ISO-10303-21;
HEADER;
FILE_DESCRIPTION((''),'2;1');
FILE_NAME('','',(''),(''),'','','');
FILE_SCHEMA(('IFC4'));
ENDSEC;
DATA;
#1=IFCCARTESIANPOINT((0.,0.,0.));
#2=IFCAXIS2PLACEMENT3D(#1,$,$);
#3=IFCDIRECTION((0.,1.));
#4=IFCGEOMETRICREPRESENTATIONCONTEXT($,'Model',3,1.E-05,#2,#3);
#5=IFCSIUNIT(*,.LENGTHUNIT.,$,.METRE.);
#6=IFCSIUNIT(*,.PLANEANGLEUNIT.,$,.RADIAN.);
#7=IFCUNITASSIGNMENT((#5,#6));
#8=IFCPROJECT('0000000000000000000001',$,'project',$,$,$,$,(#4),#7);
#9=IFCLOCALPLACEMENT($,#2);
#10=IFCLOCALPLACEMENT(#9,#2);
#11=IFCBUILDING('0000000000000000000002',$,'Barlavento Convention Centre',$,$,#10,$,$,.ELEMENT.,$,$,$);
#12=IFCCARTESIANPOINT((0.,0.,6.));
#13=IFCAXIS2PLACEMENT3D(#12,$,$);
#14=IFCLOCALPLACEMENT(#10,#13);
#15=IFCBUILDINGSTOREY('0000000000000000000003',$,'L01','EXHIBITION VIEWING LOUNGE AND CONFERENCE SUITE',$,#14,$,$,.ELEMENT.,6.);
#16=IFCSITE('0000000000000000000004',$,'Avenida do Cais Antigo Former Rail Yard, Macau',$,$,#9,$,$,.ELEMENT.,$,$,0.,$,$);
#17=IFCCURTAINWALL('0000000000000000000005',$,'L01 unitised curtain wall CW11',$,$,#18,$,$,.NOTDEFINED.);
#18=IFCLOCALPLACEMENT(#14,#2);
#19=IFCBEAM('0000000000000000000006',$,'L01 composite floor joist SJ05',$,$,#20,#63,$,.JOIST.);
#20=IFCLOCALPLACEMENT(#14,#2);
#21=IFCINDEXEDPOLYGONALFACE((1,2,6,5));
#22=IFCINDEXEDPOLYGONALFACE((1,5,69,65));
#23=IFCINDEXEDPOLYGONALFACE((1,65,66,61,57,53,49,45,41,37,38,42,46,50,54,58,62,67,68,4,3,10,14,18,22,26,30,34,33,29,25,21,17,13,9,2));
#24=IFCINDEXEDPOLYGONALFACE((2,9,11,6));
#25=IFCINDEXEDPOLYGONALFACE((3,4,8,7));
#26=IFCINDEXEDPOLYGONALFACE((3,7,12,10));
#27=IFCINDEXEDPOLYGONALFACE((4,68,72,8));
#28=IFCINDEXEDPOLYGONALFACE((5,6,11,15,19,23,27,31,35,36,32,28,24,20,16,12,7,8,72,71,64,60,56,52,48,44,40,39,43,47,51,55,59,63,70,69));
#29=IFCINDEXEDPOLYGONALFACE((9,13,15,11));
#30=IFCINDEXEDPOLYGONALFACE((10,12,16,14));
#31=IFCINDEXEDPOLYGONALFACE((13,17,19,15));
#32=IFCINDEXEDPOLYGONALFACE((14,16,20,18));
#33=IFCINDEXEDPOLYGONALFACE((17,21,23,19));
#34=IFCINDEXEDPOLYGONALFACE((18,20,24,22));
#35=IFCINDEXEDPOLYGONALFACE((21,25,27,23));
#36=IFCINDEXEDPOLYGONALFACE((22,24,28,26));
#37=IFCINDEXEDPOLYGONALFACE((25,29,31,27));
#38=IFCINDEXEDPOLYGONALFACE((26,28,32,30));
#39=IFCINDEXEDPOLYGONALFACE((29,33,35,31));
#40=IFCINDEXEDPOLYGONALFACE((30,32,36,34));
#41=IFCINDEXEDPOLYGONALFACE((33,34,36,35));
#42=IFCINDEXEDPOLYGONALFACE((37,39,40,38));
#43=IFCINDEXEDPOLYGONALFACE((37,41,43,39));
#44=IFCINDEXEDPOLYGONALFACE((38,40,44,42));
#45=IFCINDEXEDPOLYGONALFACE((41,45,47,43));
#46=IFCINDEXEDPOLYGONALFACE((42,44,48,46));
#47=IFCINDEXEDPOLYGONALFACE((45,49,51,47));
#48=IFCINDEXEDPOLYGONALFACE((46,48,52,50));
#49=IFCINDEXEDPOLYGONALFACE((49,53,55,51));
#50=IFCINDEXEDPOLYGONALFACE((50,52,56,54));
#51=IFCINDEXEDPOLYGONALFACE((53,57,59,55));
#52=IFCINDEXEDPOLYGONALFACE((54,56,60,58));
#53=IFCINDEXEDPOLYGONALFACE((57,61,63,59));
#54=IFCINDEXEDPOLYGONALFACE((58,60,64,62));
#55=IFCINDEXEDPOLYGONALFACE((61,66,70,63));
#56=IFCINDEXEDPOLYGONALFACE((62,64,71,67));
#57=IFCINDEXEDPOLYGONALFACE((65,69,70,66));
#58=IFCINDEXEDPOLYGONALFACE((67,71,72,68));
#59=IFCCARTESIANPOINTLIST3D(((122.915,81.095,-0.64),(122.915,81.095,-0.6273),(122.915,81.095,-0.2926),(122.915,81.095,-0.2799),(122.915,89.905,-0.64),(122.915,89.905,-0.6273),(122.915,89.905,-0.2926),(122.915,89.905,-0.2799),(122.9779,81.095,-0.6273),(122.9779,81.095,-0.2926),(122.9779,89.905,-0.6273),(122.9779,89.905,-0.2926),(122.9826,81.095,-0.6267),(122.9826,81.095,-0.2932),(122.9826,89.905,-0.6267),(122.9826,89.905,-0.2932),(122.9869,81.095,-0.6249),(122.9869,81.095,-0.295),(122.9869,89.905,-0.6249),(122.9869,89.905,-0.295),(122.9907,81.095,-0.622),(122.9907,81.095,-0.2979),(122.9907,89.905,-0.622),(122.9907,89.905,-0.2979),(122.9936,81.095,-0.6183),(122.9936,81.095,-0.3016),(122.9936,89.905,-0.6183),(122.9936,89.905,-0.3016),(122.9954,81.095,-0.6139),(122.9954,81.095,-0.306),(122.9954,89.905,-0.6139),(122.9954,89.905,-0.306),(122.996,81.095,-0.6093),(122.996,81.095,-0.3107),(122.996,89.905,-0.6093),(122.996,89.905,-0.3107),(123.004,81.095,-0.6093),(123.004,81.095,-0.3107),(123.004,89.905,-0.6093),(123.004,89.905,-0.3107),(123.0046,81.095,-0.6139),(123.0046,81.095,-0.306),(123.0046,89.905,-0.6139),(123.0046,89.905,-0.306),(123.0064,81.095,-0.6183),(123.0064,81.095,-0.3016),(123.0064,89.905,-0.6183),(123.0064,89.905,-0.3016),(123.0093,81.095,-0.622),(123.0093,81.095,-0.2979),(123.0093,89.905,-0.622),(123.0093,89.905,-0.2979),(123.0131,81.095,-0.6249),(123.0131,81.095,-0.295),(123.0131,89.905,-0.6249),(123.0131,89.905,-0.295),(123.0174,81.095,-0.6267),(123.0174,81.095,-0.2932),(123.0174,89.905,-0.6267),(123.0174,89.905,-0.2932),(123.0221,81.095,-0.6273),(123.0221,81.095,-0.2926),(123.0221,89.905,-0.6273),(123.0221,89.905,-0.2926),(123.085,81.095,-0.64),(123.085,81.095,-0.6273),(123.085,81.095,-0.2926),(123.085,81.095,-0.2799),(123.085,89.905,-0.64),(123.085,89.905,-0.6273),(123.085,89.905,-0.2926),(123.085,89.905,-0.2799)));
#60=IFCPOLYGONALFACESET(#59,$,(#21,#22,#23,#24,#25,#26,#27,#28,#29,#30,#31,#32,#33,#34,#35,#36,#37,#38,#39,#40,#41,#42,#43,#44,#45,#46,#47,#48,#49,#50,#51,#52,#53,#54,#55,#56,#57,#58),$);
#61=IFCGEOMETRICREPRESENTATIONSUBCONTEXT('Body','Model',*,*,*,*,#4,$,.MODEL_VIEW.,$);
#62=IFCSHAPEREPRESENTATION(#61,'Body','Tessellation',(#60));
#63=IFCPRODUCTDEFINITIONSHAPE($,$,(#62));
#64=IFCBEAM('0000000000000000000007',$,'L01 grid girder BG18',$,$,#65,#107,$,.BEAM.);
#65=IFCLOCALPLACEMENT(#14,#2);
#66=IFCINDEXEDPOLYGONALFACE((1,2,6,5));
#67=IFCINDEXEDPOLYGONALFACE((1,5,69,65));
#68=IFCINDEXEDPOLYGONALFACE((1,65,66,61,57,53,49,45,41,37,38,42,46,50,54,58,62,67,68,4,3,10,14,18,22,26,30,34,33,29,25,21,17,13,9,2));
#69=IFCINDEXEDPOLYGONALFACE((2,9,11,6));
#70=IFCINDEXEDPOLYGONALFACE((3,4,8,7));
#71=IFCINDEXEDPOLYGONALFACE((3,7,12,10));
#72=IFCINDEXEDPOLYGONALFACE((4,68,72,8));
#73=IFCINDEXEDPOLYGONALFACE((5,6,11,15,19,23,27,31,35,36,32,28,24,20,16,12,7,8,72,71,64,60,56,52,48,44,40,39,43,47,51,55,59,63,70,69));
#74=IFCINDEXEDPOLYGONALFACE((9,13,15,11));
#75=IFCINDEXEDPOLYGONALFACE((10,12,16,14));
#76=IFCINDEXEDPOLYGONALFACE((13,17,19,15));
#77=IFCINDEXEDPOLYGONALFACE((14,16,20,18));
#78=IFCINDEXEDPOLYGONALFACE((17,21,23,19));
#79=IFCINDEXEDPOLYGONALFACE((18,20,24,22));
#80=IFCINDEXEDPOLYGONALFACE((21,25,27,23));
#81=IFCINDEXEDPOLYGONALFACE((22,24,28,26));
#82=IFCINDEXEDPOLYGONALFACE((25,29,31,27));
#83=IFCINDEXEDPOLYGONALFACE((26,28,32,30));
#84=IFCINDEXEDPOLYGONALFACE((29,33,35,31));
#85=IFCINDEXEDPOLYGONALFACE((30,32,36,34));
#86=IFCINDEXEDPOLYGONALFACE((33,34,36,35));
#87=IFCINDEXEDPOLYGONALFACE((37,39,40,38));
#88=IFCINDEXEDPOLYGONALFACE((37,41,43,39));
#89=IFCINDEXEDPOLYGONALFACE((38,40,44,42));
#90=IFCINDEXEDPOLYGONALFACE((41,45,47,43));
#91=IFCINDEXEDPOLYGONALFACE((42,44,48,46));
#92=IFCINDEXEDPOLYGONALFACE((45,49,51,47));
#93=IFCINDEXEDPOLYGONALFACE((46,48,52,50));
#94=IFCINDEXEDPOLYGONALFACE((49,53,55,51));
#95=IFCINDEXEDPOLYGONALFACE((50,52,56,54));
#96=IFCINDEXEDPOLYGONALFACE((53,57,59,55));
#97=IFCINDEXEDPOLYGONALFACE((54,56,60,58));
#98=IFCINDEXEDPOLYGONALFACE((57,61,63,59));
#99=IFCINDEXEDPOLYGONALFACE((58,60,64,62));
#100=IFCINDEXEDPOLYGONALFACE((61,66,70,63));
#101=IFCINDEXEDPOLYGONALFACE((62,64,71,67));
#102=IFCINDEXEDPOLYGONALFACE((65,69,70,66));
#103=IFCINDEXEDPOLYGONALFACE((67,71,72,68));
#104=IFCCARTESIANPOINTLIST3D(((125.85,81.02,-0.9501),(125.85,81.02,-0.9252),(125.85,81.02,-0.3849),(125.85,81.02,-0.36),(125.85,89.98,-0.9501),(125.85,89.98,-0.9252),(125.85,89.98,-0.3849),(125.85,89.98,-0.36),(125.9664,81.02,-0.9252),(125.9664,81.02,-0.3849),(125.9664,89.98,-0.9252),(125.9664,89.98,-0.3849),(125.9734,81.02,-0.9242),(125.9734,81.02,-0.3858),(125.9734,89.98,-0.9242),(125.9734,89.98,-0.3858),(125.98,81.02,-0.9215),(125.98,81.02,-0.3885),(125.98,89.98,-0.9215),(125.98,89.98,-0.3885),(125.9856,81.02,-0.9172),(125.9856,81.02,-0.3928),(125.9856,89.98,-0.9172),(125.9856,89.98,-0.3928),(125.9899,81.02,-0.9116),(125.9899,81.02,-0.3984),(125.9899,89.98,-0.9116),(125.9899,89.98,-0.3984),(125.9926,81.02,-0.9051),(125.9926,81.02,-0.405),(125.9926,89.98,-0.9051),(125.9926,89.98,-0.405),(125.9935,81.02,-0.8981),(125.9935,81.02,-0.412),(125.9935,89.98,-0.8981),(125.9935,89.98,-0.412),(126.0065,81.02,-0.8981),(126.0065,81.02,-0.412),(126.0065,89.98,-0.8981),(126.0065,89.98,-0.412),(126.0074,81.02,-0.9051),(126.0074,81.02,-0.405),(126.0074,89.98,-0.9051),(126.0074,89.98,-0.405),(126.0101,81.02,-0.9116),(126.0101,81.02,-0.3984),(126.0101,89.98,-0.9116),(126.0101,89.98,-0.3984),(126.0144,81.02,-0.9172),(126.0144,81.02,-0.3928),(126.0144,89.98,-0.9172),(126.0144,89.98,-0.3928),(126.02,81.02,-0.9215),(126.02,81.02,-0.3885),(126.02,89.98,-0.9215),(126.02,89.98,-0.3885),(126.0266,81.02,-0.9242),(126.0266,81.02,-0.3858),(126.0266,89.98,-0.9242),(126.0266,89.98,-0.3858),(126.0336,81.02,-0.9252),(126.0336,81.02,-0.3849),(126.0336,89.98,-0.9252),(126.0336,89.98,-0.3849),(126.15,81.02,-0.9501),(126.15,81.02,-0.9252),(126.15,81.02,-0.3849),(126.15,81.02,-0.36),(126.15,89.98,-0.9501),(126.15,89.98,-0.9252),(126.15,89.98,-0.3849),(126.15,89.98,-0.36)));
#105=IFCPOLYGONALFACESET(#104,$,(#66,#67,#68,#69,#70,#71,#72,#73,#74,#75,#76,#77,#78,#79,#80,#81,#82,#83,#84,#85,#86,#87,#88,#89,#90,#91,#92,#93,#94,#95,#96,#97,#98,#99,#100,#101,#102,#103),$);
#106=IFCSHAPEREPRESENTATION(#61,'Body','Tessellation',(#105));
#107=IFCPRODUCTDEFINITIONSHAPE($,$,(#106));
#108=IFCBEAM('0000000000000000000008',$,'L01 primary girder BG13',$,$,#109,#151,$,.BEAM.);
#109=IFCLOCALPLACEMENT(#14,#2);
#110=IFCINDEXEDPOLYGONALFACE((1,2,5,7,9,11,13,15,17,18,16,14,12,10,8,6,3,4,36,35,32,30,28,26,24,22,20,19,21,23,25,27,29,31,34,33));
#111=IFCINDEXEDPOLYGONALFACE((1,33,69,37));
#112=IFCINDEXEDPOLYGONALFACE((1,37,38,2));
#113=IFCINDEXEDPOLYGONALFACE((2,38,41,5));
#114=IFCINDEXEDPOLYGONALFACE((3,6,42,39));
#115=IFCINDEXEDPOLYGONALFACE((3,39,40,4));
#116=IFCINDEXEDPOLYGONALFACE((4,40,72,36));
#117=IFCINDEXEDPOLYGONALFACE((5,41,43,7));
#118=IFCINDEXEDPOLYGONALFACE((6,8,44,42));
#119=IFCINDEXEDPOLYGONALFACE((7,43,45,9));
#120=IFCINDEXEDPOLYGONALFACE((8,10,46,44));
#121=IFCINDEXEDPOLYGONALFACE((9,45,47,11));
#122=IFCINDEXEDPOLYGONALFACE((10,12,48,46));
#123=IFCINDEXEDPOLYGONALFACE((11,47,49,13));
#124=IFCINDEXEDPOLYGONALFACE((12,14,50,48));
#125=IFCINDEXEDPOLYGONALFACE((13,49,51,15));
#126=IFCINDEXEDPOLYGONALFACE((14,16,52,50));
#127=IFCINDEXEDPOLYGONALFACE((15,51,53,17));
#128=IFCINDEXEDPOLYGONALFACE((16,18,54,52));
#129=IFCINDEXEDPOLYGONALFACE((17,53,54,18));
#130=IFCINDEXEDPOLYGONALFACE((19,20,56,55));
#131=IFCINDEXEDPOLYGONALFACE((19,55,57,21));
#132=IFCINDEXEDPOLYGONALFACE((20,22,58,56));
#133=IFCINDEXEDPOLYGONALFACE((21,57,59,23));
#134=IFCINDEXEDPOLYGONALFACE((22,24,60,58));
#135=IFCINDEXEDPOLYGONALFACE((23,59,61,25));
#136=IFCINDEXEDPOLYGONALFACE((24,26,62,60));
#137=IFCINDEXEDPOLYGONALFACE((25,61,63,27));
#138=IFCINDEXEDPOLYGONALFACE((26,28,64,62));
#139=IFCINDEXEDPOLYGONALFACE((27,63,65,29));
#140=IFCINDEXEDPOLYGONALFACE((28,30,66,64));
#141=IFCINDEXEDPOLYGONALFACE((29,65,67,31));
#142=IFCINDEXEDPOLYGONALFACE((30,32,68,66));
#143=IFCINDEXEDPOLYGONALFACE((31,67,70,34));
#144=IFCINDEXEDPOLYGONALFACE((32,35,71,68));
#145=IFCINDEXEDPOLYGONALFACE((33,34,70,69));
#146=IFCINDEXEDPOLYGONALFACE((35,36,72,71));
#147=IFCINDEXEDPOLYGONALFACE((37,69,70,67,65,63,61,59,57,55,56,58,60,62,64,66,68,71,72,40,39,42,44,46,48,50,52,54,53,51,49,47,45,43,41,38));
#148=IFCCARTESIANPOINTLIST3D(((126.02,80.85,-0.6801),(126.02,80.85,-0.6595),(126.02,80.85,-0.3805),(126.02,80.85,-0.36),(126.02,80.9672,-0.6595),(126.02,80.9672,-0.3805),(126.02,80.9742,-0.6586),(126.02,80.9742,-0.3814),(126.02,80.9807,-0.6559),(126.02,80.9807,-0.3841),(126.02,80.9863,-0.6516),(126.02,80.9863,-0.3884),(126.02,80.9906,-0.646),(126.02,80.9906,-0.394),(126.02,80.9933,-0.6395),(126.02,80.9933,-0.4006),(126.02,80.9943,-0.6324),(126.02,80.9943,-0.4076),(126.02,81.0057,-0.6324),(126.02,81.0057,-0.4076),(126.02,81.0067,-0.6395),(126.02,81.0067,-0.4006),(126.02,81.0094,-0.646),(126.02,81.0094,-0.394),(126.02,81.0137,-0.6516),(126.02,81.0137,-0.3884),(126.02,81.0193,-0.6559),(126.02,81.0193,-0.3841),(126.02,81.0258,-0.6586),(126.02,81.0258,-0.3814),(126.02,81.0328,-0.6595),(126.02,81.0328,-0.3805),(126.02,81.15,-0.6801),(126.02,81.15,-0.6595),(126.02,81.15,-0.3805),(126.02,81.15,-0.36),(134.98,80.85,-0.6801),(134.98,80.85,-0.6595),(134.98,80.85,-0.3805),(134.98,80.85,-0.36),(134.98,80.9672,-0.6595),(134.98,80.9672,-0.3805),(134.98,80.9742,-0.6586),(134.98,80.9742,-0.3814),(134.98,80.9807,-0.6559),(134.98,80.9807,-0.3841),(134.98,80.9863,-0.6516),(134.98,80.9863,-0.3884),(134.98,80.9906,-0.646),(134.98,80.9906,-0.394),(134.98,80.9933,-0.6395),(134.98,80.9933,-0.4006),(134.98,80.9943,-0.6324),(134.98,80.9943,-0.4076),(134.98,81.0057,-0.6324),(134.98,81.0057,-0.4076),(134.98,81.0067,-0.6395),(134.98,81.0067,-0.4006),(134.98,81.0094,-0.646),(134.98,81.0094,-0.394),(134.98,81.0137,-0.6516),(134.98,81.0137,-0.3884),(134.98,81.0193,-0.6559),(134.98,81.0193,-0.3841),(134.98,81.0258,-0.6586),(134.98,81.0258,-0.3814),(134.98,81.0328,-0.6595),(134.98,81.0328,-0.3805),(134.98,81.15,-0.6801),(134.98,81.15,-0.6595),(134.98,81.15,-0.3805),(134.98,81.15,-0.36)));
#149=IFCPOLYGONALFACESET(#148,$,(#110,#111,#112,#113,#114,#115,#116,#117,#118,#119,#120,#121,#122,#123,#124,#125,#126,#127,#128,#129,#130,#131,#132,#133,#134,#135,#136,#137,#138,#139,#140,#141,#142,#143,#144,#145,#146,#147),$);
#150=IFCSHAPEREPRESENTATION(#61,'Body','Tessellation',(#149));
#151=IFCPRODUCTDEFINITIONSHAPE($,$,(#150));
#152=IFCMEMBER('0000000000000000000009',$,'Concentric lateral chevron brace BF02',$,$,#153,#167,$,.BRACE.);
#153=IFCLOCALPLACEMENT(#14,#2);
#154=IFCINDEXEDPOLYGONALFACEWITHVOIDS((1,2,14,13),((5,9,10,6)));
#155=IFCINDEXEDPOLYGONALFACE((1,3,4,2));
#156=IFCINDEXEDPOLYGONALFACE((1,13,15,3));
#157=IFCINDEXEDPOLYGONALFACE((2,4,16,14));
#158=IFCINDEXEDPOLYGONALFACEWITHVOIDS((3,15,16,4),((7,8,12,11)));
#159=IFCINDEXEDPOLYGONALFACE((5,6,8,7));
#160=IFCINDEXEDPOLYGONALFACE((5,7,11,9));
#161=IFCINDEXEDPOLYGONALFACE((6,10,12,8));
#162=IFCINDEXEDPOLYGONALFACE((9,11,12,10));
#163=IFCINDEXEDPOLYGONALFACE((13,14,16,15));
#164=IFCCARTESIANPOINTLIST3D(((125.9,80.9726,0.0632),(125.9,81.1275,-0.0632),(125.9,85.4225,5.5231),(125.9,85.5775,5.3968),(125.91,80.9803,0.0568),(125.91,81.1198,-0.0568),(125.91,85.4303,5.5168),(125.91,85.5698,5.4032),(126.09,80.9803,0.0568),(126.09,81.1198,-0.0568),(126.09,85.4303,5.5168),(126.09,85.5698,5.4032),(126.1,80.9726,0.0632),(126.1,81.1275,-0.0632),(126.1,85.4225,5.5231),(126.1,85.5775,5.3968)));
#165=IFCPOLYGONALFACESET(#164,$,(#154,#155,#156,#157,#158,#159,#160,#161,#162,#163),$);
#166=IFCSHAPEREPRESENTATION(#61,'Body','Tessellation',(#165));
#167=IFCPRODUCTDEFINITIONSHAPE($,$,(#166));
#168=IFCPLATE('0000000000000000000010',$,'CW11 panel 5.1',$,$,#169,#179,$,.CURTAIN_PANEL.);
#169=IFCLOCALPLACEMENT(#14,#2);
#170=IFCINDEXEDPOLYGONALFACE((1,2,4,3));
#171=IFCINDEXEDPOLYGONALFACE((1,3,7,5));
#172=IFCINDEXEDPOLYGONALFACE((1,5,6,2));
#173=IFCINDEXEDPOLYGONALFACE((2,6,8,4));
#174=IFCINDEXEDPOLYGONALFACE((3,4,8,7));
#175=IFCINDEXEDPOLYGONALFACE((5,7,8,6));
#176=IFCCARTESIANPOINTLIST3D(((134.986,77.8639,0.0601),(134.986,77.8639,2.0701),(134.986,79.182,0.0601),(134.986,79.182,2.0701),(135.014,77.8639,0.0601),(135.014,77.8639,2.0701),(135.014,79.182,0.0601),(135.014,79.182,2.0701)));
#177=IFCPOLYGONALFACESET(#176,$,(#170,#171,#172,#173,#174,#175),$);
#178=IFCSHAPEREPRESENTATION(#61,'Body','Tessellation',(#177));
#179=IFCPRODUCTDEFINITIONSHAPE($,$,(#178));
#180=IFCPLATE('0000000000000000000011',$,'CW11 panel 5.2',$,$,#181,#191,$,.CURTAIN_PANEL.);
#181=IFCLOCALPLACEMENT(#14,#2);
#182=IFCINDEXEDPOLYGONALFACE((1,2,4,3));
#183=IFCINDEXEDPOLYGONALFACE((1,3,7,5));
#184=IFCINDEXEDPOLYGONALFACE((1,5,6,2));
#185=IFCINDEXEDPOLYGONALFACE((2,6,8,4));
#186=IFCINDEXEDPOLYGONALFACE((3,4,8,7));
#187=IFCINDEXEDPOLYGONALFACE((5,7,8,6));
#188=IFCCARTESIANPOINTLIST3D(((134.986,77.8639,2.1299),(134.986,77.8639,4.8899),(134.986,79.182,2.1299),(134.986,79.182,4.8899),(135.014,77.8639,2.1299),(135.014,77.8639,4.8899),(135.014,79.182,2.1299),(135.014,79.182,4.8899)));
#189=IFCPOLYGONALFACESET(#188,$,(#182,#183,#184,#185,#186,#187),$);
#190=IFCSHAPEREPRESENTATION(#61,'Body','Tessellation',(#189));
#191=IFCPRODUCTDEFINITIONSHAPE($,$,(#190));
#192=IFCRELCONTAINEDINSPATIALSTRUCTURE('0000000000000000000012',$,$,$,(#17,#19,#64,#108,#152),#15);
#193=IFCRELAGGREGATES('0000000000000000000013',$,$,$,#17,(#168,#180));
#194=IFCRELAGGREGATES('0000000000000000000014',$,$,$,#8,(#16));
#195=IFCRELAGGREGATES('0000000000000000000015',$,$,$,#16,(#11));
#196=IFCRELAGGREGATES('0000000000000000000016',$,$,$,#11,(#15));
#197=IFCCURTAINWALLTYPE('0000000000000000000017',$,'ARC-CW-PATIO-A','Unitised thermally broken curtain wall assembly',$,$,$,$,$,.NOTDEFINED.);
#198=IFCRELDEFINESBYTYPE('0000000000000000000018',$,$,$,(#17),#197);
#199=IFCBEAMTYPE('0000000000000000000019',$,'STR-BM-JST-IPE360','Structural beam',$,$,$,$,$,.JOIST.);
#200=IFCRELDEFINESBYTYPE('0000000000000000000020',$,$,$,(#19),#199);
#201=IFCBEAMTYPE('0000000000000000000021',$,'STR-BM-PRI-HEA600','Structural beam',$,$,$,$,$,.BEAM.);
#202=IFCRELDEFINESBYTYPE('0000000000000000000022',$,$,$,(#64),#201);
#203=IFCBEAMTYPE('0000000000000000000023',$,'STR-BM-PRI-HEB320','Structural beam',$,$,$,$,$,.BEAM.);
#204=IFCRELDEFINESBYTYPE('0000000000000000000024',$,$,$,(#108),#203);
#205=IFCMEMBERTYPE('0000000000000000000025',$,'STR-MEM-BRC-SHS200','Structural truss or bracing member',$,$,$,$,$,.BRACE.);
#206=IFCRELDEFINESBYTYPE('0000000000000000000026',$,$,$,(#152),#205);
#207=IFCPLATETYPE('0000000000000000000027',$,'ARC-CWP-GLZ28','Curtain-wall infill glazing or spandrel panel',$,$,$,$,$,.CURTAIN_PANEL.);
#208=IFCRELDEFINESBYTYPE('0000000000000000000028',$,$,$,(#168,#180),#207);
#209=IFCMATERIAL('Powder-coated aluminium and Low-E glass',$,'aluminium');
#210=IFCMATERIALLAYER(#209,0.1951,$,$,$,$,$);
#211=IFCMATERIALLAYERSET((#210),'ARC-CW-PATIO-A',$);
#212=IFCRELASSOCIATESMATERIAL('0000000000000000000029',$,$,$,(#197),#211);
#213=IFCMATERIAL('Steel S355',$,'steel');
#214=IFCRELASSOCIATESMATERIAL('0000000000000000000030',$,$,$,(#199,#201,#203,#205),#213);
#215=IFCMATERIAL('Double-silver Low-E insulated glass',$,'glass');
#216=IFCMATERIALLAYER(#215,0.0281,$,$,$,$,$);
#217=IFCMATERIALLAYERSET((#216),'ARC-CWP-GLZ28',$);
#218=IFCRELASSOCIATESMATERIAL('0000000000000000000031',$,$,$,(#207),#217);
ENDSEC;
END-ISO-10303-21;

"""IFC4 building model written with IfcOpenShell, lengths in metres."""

from ifc_helpers import new_model, si_unit, direction, frame, origin, origin_2d, place, context, subcontext, project, spatial, rectangle, hollow_rectangle, i_section, extrude, material, layer, layer_set, material_profile, profile_set, type_object, element, aggregate, save


model = new_model("IFC4")

# Units and contexts
model_context = context("Model", 3, precision=1e-05, world=origin(), true_north=direction((0.0, 1.0)))
body_context = subcontext(model_context, "Body", "Model", "MODEL_VIEW")
ifc_project = project(units=[si_unit("LENGTHUNIT", "METRE"), si_unit("PLANEANGLEUNIT", "RADIAN")], contexts=[model_context])

# Site, building, storey
site_placement = place(None, origin())
site = spatial("IfcSite", under=ifc_project, at=site_placement, Name="Avenida do Cais Antigo Former Rail Yard, Macau", CompositionType="ELEMENT", RefElevation=0.0)
building_placement = place(site_placement, origin())
building = spatial("IfcBuilding", under=site, at=building_placement, Name="Barlavento Convention Centre", CompositionType="ELEMENT")
storey_placement = place(building_placement, frame((0.0, 0.0, 6.0)))
storey = spatial("IfcBuildingStorey", under=building, at=storey_placement, Name="L01", Description="EXHIBITION VIEWING LOUNGE AND CONFERENCE SUITE", CompositionType="ELEMENT", Elevation=6.0)

# Shared definitions
ifc_material_1 = material(Name="Steel S355", Category="steel")

# Curtain wall
ifc_material_2 = material(Name="Powder-coated aluminium and Low-E glass", Category="aluminium")
ifc_layer_1 = layer(ifc_material_2, 0.1951)
ifc_layer_set_1 = layer_set([ifc_layer_1], Name="ARC-CW-PATIO-A")
curtain_wall_type = type_object("IfcCurtainWallType", Name="ARC-CW-PATIO-A", Description="Unitised thermally broken curtain wall assembly", PredefinedType="NOTDEFINED", material=ifc_layer_set_1)
curtain_wall_placement = place(storey_placement, origin())
curtain_wall = element("IfcCurtainWall", 1, at=curtain_wall_placement, inside=storey, type_object=curtain_wall_type, Name="L01 unitised curtain wall CW11", PredefinedType="NOTDEFINED")

# Beams
ifc_material_profile_1 = material_profile(ifc_material_1, i_section(OverallWidth=0.1699, OverallDepth=0.3601, WebThickness=0.0081, FlangeThickness=0.0127, FilletRadius=0.0181, at=origin_2d()), Name="IPE 360")
ifc_profile_set_1 = profile_set([ifc_material_profile_1], Name="Steel S355")
beam_type_1 = type_object("IfcBeamType", Name="STR-BM-JST-IPE360", Description="Structural beam", PredefinedType="JOIST", material=ifc_profile_set_1)
beam_1_placement = place(storey_placement, frame((123.0, 81.095, -0.46), z_axis=(0.0, 1.0, 0.0), x_axis=(-1.0, 0.0, 0.0)))
element("IfcBeam", 2, at=beam_1_placement, inside=storey, type_object=beam_type_1, Name="L01 composite floor joist SJ05", PredefinedType="JOIST", context=body_context, shape_type="SweptSolid", body=[
    extrude(i_section(OverallWidth=0.1699, OverallDepth=0.3601, WebThickness=0.0081, FlangeThickness=0.0127, FilletRadius=0.0181, at=origin_2d()), origin(), (0.0, 0.0, 1.0), 8.8101),
])
ifc_material_profile_2 = material_profile(ifc_material_1, i_section(OverallWidth=0.3, OverallDepth=0.5901, WebThickness=0.0129, FlangeThickness=0.0249, FilletRadius=0.0271, at=origin_2d()), Name="HEA 600")
ifc_profile_set_2 = profile_set([ifc_material_profile_2], Name="Steel S355")
beam_type_2 = type_object("IfcBeamType", Name="STR-BM-PRI-HEA600", Description="Structural beam", PredefinedType="BEAM", material=ifc_profile_set_2)
beam_2_placement = place(storey_placement, frame((126.0, 81.02, -0.655), z_axis=(0.0, 1.0, 0.0), x_axis=(-1.0, 0.0, 0.0)))
element("IfcBeam", 3, at=beam_2_placement, inside=storey, type_object=beam_type_2, Name="L01 grid girder BG18", PredefinedType="BEAM", context=body_context, shape_type="SweptSolid", body=[
    extrude(i_section(OverallWidth=0.3, OverallDepth=0.5901, WebThickness=0.0129, FlangeThickness=0.0249, FilletRadius=0.0271, at=origin_2d()), origin(), (0.0, 0.0, 1.0), 8.96),
])
ifc_material_profile_3 = material_profile(ifc_material_1, i_section(OverallWidth=0.3, OverallDepth=0.3201, WebThickness=0.0115, FlangeThickness=0.0205, FilletRadius=0.0271, at=origin_2d()), Name="HEB 320")
ifc_profile_set_3 = profile_set([ifc_material_profile_3], Name="Steel S355")
beam_type_3 = type_object("IfcBeamType", Name="STR-BM-PRI-HEB320", Description="Structural beam", PredefinedType="BEAM", material=ifc_profile_set_3)
beam_3_placement = place(storey_placement, frame((126.02, 81.0, -0.52), z_axis=(1.0, 0.0, 0.0), x_axis=(0.0, 1.0, 0.0)))
element("IfcBeam", 4, at=beam_3_placement, inside=storey, type_object=beam_type_3, Name="L01 primary girder BG13", PredefinedType="BEAM", context=body_context, shape_type="SweptSolid", body=[
    extrude(i_section(OverallWidth=0.3, OverallDepth=0.3201, WebThickness=0.0115, FlangeThickness=0.0205, FilletRadius=0.0271, at=origin_2d()), origin(), (0.0, 0.0, 1.0), 8.96),
])

# Member
ifc_material_profile_4 = material_profile(ifc_material_1, hollow_rectangle(XDim=0.2, YDim=0.2, WallThickness=0.01, at=origin_2d()), Name="SHS 200x200x10.0")
ifc_profile_set_4 = profile_set([ifc_material_profile_4], Name="Steel S355")
member_type_1 = type_object("IfcMemberType", Name="STR-MEM-BRC-SHS200", Description="Structural truss or bracing member", PredefinedType="BRACE", material=ifc_profile_set_4)
member_1_placement = place(storey_placement, frame((126.0, 81.05, 0.0), z_axis=(0.0, 0.631766, 0.775159), x_axis=(-1.0, 0.0, 0.0)))
element("IfcMember", 5, at=member_1_placement, inside=storey, type_object=member_type_1, Name="Concentric lateral chevron brace BF02", PredefinedType="BRACE", context=body_context, shape_type="SweptSolid", body=[
    extrude(hollow_rectangle(XDim=0.2, YDim=0.2, WallThickness=0.01, at=origin_2d()), origin(), (0.0, 0.0, 1.0), 7.0437),
])

# Plates
ifc_material_3 = material(Name="Double-silver Low-E insulated glass", Category="glass")
ifc_layer_2 = layer(ifc_material_3, 0.0281)
ifc_layer_set_2 = layer_set([ifc_layer_2], Name="ARC-CWP-GLZ28")
plate_type = type_object("IfcPlateType", Name="ARC-CWP-GLZ28", Description="Curtain-wall infill glazing or spandrel panel", PredefinedType="CURTAIN_PANEL", material=ifc_layer_set_2)
plate_1_placement = place(storey_placement, frame((135.0, 78.5229, 0.0601), z_axis=(0.0, 0.0, 1.0), x_axis=(0.0, 1.0, 0.0)))
plate_1 = element("IfcPlate", 6, at=plate_1_placement, type_object=plate_type, Name="CW11 panel 5.1", PredefinedType="CURTAIN_PANEL", context=body_context, shape_type="SweptSolid", body=[
    extrude(rectangle(XDim=1.3181, YDim=0.0281, at=origin_2d()), origin(), (0.0, 0.0, 1.0), 2.01),
])
plate_2_placement = place(storey_placement, frame((135.0, 78.5229, 2.1299), z_axis=(0.0, 0.0, 1.0), x_axis=(0.0, 1.0, 0.0)))
plate_2 = element("IfcPlate", 7, at=plate_2_placement, type_object=plate_type, Name="CW11 panel 5.2", PredefinedType="CURTAIN_PANEL", context=body_context, shape_type="SweptSolid", body=[
    extrude(rectangle(XDim=1.3181, YDim=0.0281, at=origin_2d()), origin(), (0.0, 0.0, 1.0), 2.76),
])
aggregate(curtain_wall, [plate_1, plate_2])

save(model, "model.ifc")
